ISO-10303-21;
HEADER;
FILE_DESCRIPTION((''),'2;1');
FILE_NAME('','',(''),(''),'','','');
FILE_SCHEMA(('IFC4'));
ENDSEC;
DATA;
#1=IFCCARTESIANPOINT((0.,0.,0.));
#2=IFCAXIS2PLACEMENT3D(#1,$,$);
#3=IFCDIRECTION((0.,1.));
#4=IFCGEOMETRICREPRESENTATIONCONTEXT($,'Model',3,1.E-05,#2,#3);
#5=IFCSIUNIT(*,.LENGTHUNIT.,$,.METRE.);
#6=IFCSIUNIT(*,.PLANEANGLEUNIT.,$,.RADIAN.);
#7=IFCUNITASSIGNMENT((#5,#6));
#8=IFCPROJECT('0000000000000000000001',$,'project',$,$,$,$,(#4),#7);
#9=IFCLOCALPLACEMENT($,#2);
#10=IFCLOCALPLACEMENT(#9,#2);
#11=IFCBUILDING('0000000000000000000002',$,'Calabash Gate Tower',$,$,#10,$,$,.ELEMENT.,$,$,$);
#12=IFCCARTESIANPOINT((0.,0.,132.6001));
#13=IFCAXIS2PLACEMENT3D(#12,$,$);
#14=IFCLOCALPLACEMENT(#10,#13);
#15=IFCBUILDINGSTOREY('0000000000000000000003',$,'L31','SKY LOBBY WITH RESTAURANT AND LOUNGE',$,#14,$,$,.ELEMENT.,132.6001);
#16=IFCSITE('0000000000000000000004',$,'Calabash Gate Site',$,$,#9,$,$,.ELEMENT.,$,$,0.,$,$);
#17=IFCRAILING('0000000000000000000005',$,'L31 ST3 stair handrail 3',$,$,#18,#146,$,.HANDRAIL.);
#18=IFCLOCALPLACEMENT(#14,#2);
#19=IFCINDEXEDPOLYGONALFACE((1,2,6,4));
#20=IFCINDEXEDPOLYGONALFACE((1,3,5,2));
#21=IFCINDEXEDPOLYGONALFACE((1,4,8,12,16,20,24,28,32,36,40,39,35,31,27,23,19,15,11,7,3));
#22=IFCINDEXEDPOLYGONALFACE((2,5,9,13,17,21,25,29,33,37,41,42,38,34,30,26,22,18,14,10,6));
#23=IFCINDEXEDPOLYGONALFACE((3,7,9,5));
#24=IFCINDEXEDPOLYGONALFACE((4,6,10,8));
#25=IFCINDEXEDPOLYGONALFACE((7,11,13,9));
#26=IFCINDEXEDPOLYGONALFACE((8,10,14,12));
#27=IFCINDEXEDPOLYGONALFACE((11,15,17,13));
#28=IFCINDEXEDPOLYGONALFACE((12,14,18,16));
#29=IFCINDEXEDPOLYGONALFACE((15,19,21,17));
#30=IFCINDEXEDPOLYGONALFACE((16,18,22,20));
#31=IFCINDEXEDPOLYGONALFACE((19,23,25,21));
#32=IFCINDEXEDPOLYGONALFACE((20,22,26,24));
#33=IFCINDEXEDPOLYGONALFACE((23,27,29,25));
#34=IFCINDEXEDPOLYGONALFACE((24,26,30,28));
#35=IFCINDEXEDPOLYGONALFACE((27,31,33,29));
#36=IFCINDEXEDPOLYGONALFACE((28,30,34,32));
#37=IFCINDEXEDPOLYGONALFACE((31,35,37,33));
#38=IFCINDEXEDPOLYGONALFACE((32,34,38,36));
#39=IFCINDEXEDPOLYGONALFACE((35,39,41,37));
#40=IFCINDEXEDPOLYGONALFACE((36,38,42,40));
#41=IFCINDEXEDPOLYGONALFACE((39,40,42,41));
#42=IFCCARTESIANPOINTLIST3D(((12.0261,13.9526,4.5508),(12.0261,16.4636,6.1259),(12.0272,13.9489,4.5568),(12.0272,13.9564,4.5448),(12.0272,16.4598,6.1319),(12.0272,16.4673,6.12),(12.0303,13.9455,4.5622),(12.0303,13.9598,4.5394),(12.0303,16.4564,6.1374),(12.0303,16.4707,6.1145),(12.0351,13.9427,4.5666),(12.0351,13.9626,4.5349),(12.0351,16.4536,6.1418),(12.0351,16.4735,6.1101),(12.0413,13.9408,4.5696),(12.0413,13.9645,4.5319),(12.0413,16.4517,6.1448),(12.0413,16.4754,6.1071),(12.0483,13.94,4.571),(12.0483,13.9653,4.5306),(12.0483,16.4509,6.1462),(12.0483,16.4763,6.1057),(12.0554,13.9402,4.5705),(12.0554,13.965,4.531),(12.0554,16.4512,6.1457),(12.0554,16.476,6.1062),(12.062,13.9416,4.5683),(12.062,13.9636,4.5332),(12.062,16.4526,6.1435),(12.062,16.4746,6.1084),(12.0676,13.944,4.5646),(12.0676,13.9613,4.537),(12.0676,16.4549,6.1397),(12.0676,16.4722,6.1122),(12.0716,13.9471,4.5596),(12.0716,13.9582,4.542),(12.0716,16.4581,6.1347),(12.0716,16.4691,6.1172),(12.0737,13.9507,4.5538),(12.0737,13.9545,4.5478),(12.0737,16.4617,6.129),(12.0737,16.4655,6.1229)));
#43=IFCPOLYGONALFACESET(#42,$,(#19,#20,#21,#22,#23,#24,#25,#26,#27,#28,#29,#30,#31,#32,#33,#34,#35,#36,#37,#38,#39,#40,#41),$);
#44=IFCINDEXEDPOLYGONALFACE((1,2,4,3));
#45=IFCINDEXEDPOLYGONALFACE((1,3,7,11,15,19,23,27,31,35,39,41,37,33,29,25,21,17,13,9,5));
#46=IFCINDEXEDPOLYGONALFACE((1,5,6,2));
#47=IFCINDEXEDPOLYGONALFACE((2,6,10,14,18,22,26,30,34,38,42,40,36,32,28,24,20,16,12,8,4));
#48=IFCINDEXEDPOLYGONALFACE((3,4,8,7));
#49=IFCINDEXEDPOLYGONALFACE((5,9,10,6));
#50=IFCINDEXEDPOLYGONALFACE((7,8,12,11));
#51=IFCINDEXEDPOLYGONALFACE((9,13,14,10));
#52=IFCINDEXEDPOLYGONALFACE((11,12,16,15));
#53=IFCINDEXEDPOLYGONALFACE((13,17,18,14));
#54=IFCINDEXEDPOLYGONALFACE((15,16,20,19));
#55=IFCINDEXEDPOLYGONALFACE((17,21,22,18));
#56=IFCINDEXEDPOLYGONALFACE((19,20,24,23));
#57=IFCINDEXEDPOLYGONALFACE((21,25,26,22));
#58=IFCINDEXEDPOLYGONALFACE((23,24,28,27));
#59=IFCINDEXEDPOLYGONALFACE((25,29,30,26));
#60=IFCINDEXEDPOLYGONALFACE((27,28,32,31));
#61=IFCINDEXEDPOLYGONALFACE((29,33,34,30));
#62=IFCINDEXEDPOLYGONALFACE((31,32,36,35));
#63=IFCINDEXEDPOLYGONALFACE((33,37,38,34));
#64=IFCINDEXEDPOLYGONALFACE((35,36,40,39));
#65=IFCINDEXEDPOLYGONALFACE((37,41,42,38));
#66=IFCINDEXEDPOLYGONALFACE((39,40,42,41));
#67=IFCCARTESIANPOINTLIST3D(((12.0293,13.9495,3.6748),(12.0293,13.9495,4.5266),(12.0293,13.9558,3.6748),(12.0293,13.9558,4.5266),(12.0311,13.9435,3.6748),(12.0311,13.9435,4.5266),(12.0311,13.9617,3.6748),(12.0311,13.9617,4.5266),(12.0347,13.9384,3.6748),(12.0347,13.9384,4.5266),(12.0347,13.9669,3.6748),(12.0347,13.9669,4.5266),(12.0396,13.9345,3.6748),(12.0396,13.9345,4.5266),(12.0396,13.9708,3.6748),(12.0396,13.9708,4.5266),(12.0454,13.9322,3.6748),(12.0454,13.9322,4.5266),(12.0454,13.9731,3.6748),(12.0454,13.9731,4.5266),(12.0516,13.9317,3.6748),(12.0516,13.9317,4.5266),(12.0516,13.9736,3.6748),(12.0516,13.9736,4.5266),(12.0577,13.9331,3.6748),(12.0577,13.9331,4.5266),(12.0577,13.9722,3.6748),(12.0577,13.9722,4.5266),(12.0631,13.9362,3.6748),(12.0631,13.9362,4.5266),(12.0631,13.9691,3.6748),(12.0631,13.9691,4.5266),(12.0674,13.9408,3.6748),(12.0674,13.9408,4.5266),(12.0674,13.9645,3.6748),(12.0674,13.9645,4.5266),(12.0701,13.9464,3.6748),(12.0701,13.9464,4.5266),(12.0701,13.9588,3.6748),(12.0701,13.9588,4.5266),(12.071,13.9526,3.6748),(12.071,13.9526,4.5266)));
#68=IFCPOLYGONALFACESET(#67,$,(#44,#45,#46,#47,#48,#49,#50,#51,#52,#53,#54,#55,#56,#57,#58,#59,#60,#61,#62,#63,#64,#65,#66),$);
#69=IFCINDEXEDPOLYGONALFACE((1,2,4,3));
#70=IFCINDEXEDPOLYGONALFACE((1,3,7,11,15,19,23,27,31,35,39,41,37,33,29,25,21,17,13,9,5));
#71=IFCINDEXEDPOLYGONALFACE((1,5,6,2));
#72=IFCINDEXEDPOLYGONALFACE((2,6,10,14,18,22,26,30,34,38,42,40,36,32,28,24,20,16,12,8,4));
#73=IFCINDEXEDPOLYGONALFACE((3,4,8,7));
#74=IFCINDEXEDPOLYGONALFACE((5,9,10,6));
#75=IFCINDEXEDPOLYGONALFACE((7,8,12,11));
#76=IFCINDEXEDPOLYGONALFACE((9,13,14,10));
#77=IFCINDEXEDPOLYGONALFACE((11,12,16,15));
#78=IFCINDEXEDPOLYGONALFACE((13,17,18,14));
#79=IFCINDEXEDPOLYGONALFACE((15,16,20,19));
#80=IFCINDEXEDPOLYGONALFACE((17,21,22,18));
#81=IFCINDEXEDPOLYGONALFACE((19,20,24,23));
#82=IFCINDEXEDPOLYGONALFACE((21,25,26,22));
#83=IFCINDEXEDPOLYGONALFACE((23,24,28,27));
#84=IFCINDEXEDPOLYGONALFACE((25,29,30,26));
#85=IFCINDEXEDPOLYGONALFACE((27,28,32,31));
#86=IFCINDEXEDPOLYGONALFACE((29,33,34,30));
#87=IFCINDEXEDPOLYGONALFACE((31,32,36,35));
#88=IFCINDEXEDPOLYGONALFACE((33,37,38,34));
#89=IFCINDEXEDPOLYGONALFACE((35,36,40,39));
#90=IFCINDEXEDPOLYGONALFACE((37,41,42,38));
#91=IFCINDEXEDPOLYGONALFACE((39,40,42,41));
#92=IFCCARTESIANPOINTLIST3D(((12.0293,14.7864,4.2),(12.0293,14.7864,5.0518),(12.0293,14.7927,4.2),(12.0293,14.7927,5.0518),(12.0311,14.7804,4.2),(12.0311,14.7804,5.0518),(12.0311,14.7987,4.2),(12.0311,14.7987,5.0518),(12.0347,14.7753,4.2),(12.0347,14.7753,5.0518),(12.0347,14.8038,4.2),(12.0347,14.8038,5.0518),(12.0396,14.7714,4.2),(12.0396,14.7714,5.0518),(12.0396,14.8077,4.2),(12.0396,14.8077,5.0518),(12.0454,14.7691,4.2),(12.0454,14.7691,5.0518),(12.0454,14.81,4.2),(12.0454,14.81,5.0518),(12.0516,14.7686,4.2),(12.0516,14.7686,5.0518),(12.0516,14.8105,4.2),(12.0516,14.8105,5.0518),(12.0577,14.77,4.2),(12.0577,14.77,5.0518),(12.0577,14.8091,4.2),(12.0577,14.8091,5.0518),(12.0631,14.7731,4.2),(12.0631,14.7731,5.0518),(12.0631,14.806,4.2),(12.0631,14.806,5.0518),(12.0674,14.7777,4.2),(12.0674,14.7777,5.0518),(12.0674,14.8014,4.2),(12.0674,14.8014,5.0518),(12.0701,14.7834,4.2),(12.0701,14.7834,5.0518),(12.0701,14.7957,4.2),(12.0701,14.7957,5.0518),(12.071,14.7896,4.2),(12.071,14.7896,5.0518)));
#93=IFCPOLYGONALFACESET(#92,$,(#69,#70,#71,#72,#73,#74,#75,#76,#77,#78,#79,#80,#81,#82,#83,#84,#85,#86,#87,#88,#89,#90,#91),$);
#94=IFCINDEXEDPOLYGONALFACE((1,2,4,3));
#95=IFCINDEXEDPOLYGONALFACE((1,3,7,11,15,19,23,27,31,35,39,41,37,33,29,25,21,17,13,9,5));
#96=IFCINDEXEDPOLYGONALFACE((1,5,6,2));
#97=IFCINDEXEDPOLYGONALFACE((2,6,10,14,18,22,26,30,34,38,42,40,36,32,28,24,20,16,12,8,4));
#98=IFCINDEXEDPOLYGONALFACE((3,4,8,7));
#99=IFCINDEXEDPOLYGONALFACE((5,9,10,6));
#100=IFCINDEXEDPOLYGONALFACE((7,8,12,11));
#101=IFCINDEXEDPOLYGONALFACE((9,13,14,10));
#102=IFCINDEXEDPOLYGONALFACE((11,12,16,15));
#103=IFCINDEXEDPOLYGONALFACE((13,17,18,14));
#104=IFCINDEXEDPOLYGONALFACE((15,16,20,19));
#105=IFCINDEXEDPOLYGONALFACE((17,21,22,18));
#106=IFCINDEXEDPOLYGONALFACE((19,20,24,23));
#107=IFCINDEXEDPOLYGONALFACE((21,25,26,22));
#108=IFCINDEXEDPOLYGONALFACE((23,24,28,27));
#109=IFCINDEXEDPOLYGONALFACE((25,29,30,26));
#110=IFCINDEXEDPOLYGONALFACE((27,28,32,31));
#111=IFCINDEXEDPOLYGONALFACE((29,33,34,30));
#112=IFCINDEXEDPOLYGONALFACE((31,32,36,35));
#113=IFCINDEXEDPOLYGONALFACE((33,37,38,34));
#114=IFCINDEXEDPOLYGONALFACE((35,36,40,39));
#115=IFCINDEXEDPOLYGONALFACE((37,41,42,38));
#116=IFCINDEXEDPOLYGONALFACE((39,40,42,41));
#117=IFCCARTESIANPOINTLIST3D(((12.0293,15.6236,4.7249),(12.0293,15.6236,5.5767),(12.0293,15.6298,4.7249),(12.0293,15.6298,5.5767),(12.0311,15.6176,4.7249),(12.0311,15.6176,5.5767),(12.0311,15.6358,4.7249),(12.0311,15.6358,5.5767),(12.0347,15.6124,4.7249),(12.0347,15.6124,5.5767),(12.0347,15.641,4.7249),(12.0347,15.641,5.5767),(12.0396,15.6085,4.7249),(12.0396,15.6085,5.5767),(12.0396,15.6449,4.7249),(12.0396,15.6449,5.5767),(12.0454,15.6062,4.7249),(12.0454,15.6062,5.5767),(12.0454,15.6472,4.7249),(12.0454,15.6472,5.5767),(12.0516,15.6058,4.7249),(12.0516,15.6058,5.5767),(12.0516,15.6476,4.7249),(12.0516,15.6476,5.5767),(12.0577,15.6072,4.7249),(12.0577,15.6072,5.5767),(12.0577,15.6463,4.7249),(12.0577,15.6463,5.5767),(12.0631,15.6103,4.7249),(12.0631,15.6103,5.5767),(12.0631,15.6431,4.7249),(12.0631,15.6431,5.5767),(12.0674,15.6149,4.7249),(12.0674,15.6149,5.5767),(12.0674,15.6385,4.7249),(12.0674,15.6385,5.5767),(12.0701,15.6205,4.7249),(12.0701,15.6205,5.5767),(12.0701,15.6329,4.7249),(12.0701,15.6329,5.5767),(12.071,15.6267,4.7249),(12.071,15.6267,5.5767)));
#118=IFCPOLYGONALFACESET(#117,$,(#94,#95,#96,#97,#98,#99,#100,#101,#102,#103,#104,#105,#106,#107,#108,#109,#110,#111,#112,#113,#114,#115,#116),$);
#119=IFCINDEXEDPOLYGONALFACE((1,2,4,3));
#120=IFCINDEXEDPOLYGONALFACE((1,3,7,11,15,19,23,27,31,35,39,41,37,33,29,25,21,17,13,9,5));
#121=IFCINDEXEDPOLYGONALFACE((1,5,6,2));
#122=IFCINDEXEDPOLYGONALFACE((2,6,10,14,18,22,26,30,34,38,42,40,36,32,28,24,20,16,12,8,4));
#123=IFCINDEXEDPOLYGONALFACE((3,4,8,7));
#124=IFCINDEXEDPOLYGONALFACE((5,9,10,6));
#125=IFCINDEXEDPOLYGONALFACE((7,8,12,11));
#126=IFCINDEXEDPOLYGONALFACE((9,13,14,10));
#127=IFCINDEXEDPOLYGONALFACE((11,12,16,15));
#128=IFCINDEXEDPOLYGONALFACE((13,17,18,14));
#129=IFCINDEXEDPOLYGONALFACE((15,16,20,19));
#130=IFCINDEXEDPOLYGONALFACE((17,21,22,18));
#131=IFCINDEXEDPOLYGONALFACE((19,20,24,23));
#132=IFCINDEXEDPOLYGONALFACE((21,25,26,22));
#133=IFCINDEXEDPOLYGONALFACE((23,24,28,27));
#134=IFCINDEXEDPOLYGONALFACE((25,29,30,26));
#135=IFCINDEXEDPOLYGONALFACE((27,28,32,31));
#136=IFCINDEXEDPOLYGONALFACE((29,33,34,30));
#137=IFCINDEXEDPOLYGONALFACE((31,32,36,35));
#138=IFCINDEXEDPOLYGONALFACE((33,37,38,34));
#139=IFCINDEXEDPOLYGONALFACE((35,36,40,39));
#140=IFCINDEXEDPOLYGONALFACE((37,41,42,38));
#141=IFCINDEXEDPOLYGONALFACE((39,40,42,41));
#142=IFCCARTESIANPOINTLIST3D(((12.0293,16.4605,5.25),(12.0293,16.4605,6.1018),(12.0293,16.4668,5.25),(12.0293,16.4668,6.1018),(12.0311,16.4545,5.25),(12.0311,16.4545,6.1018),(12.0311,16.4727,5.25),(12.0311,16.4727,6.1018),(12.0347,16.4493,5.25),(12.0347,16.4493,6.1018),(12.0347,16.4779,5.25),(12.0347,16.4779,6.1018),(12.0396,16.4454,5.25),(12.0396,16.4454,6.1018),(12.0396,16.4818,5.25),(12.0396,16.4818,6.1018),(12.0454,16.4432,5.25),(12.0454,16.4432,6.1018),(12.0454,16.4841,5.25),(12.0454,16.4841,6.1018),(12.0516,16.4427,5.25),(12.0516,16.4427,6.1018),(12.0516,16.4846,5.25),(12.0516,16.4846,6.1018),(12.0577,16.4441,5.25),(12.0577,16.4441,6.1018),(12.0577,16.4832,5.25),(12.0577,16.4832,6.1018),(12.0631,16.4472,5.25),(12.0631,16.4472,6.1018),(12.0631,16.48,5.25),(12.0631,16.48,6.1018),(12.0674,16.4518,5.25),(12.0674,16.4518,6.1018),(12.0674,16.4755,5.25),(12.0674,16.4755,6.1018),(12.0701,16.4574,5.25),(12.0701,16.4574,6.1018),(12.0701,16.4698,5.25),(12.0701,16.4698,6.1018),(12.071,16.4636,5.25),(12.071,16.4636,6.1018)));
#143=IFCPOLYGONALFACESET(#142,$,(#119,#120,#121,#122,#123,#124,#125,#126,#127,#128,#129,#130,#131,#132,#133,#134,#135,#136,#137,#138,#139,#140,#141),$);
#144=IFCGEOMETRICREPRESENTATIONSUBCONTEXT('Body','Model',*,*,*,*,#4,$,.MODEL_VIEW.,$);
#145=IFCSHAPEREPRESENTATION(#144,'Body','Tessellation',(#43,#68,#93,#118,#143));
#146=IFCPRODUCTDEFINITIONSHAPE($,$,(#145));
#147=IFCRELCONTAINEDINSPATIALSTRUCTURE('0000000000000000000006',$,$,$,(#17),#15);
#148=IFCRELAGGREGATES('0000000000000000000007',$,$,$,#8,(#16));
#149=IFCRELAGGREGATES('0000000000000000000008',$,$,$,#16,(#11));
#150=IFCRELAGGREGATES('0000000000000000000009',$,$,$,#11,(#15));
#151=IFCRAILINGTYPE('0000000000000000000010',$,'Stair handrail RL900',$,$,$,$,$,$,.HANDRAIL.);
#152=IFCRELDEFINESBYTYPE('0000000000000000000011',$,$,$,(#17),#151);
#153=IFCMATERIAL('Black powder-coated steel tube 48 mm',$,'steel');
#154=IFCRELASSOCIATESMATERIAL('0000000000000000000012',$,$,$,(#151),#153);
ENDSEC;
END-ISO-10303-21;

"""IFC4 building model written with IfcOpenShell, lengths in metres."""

from ifc_helpers import new_model, si_unit, direction, frame, origin, origin_2d, place, context, subcontext, project, spatial, circle, extrude, material, type_object, element, save


model = new_model("IFC4")

# Units and contexts
model_context = context("Model", 3, precision=1e-05, world=origin(), true_north=direction((0.0, 1.0)))
body_context = subcontext(model_context, "Body", "Model", "MODEL_VIEW")
ifc_project = project(units=[si_unit("LENGTHUNIT", "METRE"), si_unit("PLANEANGLEUNIT", "RADIAN")], contexts=[model_context])

# Site, building, storey
site_placement = place(None, origin())
site = spatial("IfcSite", under=ifc_project, at=site_placement, Name="Calabash Gate Site", CompositionType="ELEMENT", RefElevation=0.0)
building_placement = place(site_placement, origin())
building = spatial("IfcBuilding", under=site, at=building_placement, Name="Calabash Gate Tower", CompositionType="ELEMENT")
storey_placement = place(building_placement, frame((0.0, 0.0, 132.6001)))
storey = spatial("IfcBuildingStorey", under=building, at=storey_placement, Name="L31", Description="SKY LOBBY WITH RESTAURANT AND LOUNGE", CompositionType="ELEMENT", Elevation=132.6001)

# Railing
ifc_material_1 = material(Name="Black powder-coated steel tube 48 mm", Category="steel")
railing_type_1 = type_object("IfcRailingType", Name="Stair handrail RL900", PredefinedType="HANDRAIL", material=ifc_material_1)
railing_1_placement = place(storey_placement, frame((12.05, 13.9526, 3.6748)))
element("IfcRailing", 1, at=railing_1_placement, inside=storey, type_object=railing_type_1, Name="L31 ST3 stair handrail 3", PredefinedType="HANDRAIL", context=body_context, shape_type="SweptSolid", body=[
    extrude(circle(Radius=0.0239, at=origin_2d()), frame((0.0, 0.0, 0.876), z_axis=(0.0, 0.847113, 0.531412), x_axis=(-1.0, 0.0, 0.0)), (0.0, 0.0, 1.0), 2.9641),
    extrude(circle(Radius=0.021, at=origin_2d()), origin(), (0.0, 0.0, 1.0), 0.8518),
    extrude(circle(Radius=0.021, at=origin_2d()), frame((0.0, 0.8369, 0.5251)), (0.0, 0.0, 1.0), 0.8518),
    extrude(circle(Radius=0.021, at=origin_2d()), frame((0.0, 1.6741, 1.05)), (0.0, 0.0, 1.0), 0.8518),
    extrude(circle(Radius=0.021, at=origin_2d()), frame((0.0, 2.511, 1.5752)), (0.0, 0.0, 1.0), 0.8518),
])

save(model, "model.ifc")
